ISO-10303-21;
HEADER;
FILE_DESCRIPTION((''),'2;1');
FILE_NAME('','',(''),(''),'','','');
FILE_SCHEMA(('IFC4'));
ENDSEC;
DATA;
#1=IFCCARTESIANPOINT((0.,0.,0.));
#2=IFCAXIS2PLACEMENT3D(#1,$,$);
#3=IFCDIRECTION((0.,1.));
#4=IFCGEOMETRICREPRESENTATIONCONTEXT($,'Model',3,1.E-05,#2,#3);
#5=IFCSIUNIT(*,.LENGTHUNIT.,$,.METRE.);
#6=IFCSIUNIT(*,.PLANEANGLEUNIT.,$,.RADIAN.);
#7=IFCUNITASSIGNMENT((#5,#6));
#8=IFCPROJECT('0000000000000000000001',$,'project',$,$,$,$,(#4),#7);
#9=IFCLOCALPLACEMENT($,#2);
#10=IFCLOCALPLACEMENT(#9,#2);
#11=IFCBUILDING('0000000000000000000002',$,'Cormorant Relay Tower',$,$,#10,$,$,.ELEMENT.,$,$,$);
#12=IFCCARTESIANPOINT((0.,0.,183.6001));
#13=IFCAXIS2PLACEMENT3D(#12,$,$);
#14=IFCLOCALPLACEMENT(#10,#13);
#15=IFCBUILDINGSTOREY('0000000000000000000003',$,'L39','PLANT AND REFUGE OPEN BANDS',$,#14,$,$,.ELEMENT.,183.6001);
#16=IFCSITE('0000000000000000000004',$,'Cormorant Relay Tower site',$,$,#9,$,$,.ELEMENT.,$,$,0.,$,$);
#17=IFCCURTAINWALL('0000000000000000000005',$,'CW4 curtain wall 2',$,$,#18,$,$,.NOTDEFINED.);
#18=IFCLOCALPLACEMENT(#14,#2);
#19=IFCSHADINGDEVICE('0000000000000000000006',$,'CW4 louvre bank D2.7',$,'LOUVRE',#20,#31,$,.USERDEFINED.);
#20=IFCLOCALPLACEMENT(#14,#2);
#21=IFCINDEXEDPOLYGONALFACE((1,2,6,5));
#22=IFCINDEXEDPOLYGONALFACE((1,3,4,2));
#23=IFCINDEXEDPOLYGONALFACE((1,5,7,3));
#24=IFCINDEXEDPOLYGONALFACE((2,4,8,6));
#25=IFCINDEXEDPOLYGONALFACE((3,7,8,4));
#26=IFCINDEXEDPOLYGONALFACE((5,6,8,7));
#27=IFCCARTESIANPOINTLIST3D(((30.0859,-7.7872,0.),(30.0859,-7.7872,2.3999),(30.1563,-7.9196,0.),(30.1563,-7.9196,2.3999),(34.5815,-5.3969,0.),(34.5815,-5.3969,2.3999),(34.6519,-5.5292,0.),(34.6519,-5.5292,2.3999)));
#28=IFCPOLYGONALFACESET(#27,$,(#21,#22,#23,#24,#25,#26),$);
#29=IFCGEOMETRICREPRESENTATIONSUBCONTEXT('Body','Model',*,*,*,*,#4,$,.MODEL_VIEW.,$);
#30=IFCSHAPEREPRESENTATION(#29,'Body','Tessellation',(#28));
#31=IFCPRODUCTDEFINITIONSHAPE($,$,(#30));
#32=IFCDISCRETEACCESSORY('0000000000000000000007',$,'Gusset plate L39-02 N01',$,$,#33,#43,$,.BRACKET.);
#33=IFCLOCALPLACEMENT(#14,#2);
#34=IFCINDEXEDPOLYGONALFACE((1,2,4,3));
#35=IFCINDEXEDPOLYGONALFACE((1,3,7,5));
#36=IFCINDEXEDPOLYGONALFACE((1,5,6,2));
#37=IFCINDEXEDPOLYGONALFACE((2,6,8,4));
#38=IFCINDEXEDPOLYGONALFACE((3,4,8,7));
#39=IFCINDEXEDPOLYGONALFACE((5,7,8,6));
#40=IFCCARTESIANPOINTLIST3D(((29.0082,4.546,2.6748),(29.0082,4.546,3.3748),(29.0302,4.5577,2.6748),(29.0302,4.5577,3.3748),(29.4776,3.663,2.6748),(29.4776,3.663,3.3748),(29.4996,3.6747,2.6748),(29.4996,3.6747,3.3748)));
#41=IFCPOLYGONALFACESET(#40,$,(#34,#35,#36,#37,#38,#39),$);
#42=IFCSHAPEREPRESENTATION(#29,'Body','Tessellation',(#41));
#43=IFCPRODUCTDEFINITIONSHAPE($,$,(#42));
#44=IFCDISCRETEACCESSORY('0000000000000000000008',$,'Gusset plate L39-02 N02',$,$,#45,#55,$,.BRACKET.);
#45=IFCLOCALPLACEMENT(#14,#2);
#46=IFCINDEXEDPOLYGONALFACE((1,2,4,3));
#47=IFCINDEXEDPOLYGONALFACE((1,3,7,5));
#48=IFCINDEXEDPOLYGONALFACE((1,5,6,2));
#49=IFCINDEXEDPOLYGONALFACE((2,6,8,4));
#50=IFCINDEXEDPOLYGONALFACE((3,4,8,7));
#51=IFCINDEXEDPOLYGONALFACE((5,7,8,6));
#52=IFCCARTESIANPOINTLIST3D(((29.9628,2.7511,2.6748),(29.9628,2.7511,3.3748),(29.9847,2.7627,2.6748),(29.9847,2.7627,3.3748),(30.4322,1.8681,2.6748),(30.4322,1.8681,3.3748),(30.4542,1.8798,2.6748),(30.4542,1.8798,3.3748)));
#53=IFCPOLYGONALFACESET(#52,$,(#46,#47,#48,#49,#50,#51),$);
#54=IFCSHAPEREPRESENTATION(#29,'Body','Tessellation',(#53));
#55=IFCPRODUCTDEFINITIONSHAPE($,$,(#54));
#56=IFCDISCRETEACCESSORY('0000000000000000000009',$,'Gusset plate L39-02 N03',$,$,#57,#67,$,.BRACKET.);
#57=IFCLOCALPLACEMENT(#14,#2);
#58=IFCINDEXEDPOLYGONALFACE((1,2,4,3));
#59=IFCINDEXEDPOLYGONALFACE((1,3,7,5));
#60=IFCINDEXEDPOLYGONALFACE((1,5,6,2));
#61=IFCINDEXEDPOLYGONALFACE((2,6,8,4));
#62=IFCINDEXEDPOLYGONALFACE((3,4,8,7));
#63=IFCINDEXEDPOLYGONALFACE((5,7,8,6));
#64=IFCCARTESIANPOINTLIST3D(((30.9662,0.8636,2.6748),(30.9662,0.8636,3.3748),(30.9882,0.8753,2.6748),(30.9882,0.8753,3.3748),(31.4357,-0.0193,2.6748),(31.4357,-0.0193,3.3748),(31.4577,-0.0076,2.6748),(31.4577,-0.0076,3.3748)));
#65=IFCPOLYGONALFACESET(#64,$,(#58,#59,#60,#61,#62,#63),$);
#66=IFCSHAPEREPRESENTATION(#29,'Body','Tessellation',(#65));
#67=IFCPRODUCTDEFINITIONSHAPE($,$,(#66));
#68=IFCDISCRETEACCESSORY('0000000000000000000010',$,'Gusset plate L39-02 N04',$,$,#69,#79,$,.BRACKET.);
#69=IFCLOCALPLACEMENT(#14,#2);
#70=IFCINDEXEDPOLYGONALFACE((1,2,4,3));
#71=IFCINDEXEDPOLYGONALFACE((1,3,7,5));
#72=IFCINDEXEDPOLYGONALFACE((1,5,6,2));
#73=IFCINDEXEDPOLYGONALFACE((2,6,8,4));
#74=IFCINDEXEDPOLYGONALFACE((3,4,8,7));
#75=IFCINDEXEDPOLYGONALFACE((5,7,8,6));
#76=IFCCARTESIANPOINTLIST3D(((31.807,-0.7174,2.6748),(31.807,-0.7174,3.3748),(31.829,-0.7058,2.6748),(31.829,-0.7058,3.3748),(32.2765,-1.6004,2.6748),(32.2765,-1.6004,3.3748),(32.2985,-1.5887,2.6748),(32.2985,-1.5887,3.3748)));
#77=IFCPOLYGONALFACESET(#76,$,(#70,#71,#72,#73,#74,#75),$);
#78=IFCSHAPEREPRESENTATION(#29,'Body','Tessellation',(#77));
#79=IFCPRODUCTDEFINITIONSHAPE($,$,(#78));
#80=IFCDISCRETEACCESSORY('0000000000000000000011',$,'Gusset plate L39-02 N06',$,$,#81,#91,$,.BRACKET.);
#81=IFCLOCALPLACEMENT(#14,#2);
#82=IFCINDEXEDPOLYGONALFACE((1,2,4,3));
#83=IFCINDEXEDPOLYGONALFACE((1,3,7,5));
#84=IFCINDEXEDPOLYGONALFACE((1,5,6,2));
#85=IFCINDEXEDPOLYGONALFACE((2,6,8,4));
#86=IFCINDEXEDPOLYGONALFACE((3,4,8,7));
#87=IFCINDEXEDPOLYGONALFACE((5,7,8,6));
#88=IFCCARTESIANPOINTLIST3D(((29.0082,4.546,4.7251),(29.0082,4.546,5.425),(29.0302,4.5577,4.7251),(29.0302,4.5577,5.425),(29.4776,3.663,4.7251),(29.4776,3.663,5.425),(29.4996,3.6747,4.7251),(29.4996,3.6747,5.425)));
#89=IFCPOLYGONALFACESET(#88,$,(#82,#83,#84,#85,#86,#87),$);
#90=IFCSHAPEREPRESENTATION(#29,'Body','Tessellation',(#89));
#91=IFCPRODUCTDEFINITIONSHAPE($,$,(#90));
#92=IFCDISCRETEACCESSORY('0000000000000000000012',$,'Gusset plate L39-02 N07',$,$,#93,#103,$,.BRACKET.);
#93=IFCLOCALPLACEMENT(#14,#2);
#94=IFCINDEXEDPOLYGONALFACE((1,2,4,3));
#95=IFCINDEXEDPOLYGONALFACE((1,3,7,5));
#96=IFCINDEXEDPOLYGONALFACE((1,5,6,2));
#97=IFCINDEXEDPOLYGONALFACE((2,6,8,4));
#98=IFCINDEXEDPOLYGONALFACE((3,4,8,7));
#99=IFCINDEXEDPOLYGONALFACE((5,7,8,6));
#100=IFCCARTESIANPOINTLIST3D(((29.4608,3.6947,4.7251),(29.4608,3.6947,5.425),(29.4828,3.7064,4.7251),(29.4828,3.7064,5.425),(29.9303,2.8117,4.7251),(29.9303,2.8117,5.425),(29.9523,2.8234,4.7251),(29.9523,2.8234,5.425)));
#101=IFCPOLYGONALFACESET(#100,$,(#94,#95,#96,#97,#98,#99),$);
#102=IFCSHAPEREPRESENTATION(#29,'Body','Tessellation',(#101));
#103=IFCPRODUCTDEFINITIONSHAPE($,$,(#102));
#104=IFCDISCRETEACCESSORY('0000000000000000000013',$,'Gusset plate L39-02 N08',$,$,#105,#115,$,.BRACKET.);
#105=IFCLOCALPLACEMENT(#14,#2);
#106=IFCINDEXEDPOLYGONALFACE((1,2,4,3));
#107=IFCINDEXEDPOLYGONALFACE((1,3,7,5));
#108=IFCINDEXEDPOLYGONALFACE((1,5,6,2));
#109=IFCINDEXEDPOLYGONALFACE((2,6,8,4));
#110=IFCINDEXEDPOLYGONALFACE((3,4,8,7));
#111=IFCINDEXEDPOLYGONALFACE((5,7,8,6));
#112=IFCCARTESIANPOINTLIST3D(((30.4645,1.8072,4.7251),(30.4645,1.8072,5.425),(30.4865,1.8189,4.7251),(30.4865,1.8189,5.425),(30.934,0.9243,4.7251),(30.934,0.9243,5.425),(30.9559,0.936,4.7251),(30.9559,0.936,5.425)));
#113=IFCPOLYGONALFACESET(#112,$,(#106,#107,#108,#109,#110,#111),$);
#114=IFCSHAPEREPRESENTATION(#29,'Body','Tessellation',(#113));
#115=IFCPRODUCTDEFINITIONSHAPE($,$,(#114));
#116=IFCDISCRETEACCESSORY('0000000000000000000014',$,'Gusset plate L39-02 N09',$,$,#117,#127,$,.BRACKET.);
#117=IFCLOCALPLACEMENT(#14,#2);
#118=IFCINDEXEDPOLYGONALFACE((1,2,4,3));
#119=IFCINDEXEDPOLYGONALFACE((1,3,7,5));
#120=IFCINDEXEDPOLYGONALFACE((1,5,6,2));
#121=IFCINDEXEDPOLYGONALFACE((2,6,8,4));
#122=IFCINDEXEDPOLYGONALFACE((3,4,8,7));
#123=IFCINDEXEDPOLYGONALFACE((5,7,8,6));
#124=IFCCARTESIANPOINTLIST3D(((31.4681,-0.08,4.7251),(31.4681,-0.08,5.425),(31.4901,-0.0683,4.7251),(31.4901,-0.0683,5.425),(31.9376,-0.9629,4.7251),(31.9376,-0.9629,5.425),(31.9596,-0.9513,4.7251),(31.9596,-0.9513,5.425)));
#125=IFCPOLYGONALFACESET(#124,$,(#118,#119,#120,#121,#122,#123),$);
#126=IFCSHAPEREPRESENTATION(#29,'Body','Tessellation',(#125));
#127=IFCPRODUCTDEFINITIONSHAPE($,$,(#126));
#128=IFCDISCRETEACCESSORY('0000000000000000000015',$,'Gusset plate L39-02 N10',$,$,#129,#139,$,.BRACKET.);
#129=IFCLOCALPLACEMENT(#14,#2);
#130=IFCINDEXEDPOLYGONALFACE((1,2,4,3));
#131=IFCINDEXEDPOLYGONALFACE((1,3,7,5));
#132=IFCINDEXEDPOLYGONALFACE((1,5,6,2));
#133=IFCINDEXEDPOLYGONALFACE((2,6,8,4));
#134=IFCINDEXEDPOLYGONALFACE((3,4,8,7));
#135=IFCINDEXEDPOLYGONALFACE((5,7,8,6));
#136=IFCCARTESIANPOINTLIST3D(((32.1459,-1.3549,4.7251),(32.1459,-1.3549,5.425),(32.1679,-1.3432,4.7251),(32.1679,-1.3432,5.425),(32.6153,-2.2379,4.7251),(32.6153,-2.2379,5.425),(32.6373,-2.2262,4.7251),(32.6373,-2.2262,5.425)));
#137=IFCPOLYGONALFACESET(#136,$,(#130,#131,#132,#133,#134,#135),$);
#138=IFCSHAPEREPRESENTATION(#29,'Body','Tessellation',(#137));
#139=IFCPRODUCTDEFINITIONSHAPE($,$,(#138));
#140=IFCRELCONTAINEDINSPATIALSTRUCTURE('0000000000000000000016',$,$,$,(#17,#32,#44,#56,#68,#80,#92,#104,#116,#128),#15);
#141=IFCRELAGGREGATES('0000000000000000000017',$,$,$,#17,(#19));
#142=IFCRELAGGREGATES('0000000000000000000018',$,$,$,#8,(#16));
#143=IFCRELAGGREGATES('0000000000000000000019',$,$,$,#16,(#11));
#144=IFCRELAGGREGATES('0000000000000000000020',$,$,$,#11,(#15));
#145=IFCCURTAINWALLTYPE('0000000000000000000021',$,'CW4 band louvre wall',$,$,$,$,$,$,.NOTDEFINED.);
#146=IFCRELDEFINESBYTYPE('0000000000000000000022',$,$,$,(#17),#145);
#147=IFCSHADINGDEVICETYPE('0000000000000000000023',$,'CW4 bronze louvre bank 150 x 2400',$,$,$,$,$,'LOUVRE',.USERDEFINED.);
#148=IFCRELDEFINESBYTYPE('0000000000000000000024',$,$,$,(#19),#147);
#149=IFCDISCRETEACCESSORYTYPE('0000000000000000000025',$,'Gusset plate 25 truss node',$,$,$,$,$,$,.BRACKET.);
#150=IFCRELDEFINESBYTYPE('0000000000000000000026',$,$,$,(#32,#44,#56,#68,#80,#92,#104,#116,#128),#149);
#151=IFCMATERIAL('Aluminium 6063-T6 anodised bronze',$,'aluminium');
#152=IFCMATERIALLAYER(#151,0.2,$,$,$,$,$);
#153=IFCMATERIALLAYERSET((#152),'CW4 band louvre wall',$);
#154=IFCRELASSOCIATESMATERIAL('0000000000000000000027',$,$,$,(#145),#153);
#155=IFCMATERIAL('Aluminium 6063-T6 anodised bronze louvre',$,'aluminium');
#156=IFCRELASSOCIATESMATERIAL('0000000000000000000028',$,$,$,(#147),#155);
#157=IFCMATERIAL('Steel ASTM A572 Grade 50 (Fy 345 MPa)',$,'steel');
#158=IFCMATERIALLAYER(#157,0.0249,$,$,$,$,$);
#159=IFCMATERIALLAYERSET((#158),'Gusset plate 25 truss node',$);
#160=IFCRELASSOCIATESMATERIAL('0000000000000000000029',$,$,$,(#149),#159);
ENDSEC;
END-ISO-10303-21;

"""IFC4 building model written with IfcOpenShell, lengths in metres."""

from ifc_helpers import new_model, si_unit, direction, frame, origin, origin_2d, place, context, subcontext, project, spatial, rectangle, extrude, material, layer, layer_set, type_object, element, aggregate, save


model = new_model("IFC4")

# Units and contexts
model_context = context("Model", 3, precision=1e-05, world=origin(), true_north=direction((0.0, 1.0)))
body_context = subcontext(model_context, "Body", "Model", "MODEL_VIEW")
ifc_project = project(units=[si_unit("LENGTHUNIT", "METRE"), si_unit("PLANEANGLEUNIT", "RADIAN")], contexts=[model_context])

# Site, building, storey
site_placement = place(None, origin())
site = spatial("IfcSite", under=ifc_project, at=site_placement, Name="Cormorant Relay Tower site", CompositionType="ELEMENT", RefElevation=0.0)
building_placement = place(site_placement, origin())
building = spatial("IfcBuilding", under=site, at=building_placement, Name="Cormorant Relay Tower", CompositionType="ELEMENT")
storey_placement = place(building_placement, frame((0.0, 0.0, 183.6001)))
storey = spatial("IfcBuildingStorey", under=building, at=storey_placement, Name="L39", Description="PLANT AND REFUGE OPEN BANDS", CompositionType="ELEMENT", Elevation=183.6001)

# Curtain wall
ifc_material_1 = material(Name="Aluminium 6063-T6 anodised bronze", Category="aluminium")
ifc_layer_1 = layer(ifc_material_1, 0.2)
ifc_layer_set_1 = layer_set([ifc_layer_1], Name="CW4 band louvre wall")
curtain_wall_type = type_object("IfcCurtainWallType", Name="CW4 band louvre wall", PredefinedType="NOTDEFINED", material=ifc_layer_set_1)
curtain_wall_placement = place(storey_placement, origin())
curtain_wall = element("IfcCurtainWall", 1, at=curtain_wall_placement, inside=storey, type_object=curtain_wall_type, Name="CW4 curtain wall 2", PredefinedType="NOTDEFINED")

# Shading device
ifc_material_2 = material(Name="Aluminium 6063-T6 anodised bronze louvre", Category="aluminium")
shading_device_type = type_object("IfcShadingDeviceType", Name="CW4 bronze louvre bank 150 x 2400", ElementType="LOUVRE", PredefinedType="USERDEFINED", material=ifc_material_2)
shading_device_1_placement = place(storey_placement, frame((32.3689, -6.6582, 0.0), z_axis=(0.0, 0.0, 1.0), x_axis=(0.882948, 0.469472, 0.0)))
shading_device_1 = element("IfcShadingDevice", 2, at=shading_device_1_placement, type_object=shading_device_type, Name="CW4 louvre bank D2.7", ObjectType="LOUVRE", PredefinedType="USERDEFINED", context=body_context, shape_type="SweptSolid", body=[
    extrude(rectangle(XDim=5.0916, YDim=0.1499, at=origin_2d()), origin(), (0.0, 0.0, 1.0), 2.3999),
])
aggregate(curtain_wall, [shading_device_1])

# Discrete accessories
ifc_material_3 = material(Name="Steel ASTM A572 Grade 50 (Fy 345 MPa)", Category="steel")
ifc_layer_2 = layer(ifc_material_3, 0.0249)
ifc_layer_set_2 = layer_set([ifc_layer_2], Name="Gusset plate 25 truss node")
discrete_accessory_type = type_object("IfcDiscreteAccessoryType", Name="Gusset plate 25 truss node", PredefinedType="BRACKET", material=ifc_layer_set_2)
for number, where, z_axis, x_axis, name in (
    (3, (29.2539, 4.1104, 2.6748), (0.0, 0.0, 1.0), (-0.469436, 0.882966, 0.0), "Gusset plate L39-02 N01"),
    (4, (30.2085, 2.3154, 2.6748), (0.0, 0.0, 1.0), (-0.46949, 0.882938, 0.0), "Gusset plate L39-02 N02"),
    (5, (31.2119, 0.428, 2.6748), (0.0, 0.0, 1.0), (-0.46949, 0.882938, 0.0), "Gusset plate L39-02 N03"),
    (6, (32.0527, -1.1531, 2.6748), (0.0, 0.0, 1.0), (-0.469468, 0.882949, 0.0), "Gusset plate L39-02 N04"),
    (7, (29.2539, 4.1104, 4.7251), (0.0, 0.0, 1.0), (-0.469418, 0.882976, 0.0), "Gusset plate L39-02 N06"),
    (8, (29.7065, 3.259, 4.7251), (0.0, 0.0, 1.0), (-0.469464, 0.882952, 0.0), "Gusset plate L39-02 N07"),
    (9, (30.7102, 1.3716, 4.7251), (0.0, 0.0, 1.0), (-0.46949, 0.882938, 0.0), "Gusset plate L39-02 N08"),
    (10, (31.7139, -0.5156, 4.7251), (0.0, 0.0, 1.0), (-0.469478, 0.882944, 0.0), "Gusset plate L39-02 N09"),
    (11, (32.3916, -1.7905, 4.7251), (0.0, 0.0, 1.0), (-0.469445, 0.882962, 0.0), "Gusset plate L39-02 N10"),
):
    element("IfcDiscreteAccessory", number, at=place(storey_placement, frame(where, z_axis=z_axis, x_axis=x_axis)), inside=storey, type_object=discrete_accessory_type, Name=name, PredefinedType="BRACKET", context=body_context, shape_type="SweptSolid", body=[
        extrude(rectangle(XDim=1.0, YDim=0.0249, at=origin_2d()), origin(), (0.0, 0.0, 1.0), 0.7),
    ])

save(model, "model.ifc")
